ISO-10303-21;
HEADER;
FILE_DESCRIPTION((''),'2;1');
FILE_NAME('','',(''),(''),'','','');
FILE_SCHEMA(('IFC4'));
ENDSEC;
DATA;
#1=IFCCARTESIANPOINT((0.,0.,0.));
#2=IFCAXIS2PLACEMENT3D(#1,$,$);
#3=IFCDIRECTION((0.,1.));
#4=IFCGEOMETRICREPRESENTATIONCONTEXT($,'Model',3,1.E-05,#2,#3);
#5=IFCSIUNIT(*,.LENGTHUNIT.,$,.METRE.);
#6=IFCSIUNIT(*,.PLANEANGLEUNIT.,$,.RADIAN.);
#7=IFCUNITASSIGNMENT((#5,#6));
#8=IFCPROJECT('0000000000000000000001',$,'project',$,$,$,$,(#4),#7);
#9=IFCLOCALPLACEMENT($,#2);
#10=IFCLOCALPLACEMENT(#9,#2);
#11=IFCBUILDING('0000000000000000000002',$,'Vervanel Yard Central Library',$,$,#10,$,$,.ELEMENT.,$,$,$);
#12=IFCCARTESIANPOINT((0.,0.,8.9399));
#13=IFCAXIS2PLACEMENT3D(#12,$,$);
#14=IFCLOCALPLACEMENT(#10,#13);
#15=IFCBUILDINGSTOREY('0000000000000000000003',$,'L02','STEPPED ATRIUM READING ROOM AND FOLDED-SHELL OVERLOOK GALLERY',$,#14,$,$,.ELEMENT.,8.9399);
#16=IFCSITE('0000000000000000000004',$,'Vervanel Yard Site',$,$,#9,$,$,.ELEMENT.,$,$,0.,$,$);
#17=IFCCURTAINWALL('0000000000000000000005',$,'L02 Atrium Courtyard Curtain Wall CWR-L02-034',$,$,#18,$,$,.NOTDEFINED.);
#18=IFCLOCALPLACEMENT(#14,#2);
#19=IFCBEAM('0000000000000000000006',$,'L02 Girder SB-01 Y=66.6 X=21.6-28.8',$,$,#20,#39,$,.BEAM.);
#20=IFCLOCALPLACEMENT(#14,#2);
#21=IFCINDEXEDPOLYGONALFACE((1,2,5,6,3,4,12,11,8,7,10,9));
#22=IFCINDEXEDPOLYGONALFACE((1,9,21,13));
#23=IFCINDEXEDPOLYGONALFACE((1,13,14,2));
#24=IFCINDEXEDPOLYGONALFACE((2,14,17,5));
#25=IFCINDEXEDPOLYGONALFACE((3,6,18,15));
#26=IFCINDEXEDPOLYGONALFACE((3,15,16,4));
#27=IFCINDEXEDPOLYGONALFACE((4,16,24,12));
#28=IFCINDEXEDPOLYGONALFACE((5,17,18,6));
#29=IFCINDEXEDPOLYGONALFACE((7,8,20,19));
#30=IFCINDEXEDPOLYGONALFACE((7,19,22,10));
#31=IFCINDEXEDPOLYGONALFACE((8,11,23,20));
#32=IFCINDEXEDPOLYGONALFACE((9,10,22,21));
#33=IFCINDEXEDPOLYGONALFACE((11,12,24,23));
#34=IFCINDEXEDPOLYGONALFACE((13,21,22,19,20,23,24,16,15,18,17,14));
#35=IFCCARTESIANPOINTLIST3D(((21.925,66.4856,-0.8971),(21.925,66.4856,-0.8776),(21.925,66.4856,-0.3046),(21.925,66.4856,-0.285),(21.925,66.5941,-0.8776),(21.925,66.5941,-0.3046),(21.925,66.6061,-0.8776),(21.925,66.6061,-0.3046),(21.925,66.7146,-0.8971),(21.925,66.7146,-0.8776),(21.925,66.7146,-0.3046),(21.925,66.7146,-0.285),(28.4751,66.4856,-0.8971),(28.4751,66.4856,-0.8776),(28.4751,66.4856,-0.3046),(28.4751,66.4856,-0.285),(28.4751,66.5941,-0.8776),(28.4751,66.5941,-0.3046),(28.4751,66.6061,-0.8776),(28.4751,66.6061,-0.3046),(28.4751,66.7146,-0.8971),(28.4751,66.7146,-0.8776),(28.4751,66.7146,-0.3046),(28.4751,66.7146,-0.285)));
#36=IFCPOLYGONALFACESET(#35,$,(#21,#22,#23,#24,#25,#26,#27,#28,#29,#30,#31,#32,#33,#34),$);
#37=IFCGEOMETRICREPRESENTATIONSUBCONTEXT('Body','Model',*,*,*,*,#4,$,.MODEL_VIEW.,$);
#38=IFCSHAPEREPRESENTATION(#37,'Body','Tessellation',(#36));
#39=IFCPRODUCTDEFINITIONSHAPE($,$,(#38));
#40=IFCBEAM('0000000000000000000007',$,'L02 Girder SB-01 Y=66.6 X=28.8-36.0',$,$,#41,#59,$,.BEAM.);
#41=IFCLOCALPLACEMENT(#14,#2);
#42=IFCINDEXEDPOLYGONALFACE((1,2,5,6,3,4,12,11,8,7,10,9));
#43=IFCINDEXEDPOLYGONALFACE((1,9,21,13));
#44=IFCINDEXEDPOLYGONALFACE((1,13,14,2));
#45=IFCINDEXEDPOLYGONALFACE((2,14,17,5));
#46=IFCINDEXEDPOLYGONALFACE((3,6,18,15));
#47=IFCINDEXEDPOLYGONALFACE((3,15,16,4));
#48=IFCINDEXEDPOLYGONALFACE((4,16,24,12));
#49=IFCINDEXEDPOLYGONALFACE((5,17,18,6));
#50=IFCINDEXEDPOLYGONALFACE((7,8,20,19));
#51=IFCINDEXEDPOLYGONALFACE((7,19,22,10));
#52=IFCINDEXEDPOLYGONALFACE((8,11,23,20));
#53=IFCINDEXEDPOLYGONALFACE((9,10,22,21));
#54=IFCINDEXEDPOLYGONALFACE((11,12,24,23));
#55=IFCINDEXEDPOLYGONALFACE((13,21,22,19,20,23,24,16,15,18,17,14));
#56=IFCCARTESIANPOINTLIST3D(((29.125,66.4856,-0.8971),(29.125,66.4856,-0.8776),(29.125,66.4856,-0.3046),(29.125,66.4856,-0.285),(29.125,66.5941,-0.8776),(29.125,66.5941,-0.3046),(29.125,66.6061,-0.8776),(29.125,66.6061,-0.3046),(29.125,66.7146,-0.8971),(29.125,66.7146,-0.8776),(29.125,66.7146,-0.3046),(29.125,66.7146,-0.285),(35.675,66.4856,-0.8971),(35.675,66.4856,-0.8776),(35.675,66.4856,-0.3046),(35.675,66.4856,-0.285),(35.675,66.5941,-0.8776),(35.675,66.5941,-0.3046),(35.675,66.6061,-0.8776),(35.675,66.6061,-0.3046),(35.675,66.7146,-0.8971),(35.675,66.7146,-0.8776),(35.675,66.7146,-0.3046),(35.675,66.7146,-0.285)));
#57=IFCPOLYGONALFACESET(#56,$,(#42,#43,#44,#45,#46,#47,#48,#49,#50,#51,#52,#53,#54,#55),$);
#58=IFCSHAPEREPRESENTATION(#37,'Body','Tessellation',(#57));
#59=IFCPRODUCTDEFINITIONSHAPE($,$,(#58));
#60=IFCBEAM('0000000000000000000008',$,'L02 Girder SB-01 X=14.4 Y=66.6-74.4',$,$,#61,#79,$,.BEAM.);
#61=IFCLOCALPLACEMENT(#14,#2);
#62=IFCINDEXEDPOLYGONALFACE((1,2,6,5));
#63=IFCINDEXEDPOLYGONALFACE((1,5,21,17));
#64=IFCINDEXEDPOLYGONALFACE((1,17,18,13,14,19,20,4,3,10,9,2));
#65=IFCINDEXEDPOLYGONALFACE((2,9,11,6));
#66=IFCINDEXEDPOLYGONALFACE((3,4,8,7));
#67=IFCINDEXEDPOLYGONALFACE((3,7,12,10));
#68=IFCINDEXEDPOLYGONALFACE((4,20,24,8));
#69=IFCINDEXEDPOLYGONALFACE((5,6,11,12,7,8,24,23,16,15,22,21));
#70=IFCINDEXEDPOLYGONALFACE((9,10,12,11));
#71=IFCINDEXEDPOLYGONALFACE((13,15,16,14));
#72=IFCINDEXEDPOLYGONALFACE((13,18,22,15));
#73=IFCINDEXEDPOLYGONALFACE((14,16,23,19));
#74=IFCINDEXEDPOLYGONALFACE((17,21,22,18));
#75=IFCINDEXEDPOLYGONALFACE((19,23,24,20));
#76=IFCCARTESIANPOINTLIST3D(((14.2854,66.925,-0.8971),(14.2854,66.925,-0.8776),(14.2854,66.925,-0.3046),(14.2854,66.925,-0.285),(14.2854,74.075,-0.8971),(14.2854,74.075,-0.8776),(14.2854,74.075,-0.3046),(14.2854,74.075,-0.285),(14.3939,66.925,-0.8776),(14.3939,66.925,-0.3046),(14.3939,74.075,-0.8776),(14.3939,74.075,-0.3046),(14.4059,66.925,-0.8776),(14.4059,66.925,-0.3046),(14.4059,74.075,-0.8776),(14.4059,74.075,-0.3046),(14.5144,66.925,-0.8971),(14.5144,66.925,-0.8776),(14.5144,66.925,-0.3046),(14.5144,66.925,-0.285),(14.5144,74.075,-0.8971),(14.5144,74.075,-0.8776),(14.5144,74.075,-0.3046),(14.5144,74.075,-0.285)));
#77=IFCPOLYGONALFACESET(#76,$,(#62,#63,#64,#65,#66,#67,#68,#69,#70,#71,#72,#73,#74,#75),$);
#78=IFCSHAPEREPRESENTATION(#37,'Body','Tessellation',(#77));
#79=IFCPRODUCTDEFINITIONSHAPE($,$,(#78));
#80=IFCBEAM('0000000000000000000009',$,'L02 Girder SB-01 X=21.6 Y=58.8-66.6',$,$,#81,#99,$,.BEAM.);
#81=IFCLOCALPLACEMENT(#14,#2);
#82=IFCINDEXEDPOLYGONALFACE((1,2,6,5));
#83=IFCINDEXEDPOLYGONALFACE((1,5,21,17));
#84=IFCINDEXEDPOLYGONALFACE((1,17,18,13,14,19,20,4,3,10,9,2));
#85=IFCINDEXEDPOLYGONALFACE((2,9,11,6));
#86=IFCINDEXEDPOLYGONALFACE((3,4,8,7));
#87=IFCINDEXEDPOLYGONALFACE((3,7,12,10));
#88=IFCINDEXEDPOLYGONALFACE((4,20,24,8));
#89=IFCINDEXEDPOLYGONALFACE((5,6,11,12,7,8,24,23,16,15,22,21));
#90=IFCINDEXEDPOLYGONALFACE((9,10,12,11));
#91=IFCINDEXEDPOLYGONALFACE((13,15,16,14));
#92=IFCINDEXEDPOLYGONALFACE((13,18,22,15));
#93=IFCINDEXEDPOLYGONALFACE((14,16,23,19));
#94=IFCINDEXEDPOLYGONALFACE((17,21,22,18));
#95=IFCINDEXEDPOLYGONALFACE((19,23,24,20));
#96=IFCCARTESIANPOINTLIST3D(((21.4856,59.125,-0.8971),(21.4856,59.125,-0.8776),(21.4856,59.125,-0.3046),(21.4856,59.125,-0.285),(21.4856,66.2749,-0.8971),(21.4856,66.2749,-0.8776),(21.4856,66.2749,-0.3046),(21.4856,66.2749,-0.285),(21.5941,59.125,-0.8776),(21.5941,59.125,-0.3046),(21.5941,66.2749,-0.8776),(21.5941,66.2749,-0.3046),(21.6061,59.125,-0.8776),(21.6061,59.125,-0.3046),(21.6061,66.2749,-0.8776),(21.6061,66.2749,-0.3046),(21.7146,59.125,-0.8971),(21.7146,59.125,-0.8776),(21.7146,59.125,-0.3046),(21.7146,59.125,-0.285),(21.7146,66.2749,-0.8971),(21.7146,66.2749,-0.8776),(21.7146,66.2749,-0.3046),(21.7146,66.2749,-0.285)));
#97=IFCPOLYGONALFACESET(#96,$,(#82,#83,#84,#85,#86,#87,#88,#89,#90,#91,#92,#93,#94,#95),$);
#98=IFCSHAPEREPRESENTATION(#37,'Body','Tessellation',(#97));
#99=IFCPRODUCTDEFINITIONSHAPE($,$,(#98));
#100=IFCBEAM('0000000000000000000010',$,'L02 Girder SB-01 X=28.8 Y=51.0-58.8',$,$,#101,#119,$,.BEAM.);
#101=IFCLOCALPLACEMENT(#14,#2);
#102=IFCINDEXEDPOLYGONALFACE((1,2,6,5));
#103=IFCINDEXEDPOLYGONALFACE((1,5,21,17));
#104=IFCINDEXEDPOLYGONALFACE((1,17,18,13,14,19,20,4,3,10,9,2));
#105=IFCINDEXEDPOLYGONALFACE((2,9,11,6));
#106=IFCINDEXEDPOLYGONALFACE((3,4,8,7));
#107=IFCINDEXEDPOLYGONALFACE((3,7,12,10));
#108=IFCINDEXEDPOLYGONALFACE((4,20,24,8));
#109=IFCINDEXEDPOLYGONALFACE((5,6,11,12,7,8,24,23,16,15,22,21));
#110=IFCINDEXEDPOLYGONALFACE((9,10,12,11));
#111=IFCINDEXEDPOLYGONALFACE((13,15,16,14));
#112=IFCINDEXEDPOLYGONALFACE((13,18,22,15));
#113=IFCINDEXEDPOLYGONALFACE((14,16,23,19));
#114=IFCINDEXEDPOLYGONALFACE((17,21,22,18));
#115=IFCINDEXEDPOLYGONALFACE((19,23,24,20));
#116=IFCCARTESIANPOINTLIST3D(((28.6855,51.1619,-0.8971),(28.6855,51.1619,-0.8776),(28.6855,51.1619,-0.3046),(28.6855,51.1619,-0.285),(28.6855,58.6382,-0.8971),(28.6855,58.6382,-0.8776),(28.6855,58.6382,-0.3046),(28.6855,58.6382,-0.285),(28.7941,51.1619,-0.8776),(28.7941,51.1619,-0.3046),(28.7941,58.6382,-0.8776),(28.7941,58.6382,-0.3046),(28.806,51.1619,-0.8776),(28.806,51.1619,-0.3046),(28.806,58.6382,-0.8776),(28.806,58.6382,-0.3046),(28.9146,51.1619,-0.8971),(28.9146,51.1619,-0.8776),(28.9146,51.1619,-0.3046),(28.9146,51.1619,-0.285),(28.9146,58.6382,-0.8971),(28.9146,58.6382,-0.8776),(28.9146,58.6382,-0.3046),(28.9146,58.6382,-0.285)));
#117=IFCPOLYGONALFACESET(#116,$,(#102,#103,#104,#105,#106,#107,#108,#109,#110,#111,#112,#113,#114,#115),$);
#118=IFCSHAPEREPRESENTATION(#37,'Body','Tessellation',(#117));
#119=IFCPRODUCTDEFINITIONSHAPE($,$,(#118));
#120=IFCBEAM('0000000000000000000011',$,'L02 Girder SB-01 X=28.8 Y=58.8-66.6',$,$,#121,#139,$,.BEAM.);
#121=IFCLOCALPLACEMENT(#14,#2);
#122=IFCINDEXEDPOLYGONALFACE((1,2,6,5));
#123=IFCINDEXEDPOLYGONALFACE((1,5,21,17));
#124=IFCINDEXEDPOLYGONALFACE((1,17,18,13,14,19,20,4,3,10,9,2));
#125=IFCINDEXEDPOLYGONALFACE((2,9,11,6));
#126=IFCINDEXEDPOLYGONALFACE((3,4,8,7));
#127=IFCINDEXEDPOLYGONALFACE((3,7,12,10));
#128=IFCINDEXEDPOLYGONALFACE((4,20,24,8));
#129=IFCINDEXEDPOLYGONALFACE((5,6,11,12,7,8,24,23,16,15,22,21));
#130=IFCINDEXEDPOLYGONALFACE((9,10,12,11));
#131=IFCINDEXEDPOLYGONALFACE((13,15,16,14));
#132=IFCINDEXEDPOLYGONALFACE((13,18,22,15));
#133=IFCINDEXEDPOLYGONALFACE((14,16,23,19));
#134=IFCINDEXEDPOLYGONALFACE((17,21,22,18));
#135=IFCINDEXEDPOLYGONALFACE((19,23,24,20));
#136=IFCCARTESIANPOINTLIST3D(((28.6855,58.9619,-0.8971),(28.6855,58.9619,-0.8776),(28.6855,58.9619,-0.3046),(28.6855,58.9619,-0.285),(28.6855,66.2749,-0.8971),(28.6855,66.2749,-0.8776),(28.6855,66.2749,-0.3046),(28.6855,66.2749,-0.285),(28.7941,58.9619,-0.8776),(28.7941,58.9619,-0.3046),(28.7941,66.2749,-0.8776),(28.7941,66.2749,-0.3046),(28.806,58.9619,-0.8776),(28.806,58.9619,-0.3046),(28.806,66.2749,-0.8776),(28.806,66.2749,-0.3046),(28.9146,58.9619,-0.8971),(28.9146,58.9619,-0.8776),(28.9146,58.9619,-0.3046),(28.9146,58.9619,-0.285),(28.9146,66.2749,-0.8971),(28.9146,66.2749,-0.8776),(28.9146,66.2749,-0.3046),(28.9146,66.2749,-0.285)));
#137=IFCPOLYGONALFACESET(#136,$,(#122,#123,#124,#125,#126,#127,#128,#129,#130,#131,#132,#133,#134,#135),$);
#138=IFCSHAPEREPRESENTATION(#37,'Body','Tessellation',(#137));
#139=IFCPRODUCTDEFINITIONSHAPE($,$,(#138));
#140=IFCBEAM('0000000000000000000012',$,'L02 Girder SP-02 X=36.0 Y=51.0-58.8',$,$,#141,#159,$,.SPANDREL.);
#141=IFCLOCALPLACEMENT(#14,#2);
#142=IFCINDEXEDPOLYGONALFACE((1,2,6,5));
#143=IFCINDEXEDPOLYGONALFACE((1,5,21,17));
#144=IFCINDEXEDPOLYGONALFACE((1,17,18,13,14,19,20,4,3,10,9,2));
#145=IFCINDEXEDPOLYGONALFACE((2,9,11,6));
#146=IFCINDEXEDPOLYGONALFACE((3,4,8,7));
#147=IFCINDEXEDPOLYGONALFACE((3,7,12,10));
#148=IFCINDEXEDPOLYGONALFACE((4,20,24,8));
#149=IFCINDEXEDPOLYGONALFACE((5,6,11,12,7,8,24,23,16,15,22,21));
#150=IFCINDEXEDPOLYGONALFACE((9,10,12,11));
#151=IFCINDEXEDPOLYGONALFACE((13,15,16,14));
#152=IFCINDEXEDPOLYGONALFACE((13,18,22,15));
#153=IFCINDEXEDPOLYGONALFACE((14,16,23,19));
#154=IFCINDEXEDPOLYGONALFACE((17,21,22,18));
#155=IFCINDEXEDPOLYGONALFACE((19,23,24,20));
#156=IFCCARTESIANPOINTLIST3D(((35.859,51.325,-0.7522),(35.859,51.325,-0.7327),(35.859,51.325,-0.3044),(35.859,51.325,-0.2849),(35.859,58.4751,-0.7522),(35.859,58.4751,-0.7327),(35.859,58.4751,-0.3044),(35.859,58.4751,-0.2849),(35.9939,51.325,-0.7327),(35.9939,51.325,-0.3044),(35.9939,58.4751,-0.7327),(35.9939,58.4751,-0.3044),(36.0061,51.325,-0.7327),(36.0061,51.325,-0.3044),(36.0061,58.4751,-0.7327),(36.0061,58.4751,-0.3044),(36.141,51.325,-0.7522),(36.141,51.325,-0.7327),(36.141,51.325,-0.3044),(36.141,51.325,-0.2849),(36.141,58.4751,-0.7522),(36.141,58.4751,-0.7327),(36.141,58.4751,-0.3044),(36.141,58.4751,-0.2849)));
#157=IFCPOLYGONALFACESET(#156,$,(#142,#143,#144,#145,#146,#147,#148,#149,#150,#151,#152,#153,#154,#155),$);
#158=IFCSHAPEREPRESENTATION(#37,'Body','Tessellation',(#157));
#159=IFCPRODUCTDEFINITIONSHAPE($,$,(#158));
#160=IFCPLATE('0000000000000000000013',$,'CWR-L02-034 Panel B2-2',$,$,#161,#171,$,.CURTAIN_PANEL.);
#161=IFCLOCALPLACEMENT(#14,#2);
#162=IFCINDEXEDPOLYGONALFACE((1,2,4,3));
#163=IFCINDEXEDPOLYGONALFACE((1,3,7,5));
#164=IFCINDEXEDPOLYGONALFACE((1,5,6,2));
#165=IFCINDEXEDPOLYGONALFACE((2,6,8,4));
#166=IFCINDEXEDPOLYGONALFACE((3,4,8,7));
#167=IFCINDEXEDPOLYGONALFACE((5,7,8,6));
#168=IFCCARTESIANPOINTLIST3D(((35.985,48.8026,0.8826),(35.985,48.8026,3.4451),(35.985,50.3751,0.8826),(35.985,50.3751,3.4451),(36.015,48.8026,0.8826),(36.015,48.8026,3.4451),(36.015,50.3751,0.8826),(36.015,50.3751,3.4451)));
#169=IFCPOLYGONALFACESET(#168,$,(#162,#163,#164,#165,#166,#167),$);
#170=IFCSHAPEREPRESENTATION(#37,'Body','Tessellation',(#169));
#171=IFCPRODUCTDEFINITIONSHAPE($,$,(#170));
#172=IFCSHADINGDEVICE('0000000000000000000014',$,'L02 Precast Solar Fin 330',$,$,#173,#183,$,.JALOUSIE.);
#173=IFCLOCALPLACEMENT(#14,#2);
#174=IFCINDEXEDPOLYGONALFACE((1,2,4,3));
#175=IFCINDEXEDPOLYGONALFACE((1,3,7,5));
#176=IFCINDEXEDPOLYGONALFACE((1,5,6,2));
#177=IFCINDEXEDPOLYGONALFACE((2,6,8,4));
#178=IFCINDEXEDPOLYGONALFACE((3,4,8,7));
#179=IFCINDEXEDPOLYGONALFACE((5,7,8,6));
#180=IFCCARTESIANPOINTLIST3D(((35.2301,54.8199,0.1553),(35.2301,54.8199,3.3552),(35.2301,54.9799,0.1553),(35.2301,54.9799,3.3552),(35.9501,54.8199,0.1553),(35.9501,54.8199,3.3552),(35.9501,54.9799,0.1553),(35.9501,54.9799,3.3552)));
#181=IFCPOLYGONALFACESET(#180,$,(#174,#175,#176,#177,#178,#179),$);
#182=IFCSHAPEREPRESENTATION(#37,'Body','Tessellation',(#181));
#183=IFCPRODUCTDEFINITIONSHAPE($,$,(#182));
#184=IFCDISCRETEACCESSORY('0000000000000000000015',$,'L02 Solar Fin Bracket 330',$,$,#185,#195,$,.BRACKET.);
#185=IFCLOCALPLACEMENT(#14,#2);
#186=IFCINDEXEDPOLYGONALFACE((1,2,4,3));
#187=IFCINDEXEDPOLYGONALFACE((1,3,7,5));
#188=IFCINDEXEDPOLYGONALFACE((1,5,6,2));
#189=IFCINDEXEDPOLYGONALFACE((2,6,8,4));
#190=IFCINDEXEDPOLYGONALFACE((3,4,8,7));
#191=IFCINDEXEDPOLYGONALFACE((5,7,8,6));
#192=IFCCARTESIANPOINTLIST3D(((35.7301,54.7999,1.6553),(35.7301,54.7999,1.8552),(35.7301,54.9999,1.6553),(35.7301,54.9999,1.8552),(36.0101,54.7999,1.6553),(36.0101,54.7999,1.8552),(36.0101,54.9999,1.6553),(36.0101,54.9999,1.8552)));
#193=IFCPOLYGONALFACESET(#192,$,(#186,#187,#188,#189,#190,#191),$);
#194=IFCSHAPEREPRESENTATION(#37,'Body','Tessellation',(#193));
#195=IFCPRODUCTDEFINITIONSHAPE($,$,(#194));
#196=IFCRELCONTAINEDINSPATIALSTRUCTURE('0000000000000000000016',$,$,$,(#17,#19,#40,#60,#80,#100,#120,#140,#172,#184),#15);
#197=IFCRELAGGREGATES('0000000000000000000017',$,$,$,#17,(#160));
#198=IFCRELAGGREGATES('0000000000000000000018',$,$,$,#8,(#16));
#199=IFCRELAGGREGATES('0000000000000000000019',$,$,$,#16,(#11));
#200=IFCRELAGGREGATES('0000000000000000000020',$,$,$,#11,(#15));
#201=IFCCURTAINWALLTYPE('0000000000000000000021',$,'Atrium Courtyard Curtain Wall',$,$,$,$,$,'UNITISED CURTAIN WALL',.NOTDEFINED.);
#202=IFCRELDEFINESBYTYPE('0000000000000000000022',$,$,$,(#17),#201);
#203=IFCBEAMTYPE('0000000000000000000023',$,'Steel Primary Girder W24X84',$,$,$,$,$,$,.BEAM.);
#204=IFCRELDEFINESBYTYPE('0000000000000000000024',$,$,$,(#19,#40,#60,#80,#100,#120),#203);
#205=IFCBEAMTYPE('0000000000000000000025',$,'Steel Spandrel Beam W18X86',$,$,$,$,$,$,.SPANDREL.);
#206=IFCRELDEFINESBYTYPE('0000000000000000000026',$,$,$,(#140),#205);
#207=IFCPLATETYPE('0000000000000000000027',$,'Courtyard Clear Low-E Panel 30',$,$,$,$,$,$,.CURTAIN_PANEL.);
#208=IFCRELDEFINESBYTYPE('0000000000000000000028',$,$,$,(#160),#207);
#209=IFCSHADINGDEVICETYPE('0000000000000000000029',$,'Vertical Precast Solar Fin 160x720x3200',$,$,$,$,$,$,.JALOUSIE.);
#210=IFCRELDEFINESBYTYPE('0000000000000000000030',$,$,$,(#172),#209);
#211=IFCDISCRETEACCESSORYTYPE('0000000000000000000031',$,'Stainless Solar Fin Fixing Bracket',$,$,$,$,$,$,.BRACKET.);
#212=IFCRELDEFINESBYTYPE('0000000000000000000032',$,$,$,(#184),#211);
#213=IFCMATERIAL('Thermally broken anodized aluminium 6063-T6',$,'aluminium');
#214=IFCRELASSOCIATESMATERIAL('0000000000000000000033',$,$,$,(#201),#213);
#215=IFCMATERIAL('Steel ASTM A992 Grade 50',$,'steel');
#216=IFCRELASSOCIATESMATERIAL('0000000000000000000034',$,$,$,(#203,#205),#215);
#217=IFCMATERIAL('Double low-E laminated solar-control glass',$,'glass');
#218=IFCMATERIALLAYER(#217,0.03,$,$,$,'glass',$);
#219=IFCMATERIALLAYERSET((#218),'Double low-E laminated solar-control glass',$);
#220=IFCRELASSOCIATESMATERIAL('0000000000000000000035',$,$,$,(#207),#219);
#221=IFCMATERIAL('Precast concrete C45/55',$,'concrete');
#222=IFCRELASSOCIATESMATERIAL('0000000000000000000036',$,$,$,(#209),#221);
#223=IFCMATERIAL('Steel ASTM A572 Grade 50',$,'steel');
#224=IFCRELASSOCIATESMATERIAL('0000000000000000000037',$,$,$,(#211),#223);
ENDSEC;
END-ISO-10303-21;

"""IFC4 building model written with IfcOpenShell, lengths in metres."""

from ifc_helpers import new_model, si_unit, direction, frame, origin, origin_2d, place, context, subcontext, project, spatial, rectangle, i_section, extrude, material, layer, layer_set, material_profile, profile_set, type_object, element, aggregate, save


model = new_model("IFC4")

# Units and contexts
model_context = context("Model", 3, precision=1e-05, world=origin(), true_north=direction((0.0, 1.0)))
body_context = subcontext(model_context, "Body", "Model", "MODEL_VIEW")
ifc_project = project(units=[si_unit("LENGTHUNIT", "METRE"), si_unit("PLANEANGLEUNIT", "RADIAN")], contexts=[model_context])

# Site, building, storey
site_placement = place(None, origin())
site = spatial("IfcSite", under=ifc_project, at=site_placement, Name="Vervanel Yard Site", CompositionType="ELEMENT", RefElevation=0.0)
building_placement = place(site_placement, origin())
building = spatial("IfcBuilding", under=site, at=building_placement, Name="Vervanel Yard Central Library", CompositionType="ELEMENT")
storey_placement = place(building_placement, frame((0.0, 0.0, 8.9399)))
storey = spatial("IfcBuildingStorey", under=building, at=storey_placement, Name="L02", Description="STEPPED ATRIUM READING ROOM AND FOLDED-SHELL OVERLOOK GALLERY", CompositionType="ELEMENT", Elevation=8.9399)

# Curtain wall
ifc_material_1 = material(Name="Thermally broken anodized aluminium 6063-T6", Category="aluminium")
curtain_wall_type = type_object("IfcCurtainWallType", Name="Atrium Courtyard Curtain Wall", ElementType="UNITISED CURTAIN WALL", PredefinedType="NOTDEFINED", material=ifc_material_1)
curtain_wall_1_placement = place(storey_placement, origin())
curtain_wall_1 = element("IfcCurtainWall", 1, at=curtain_wall_1_placement, inside=storey, type_object=curtain_wall_type, Name="L02 Atrium Courtyard Curtain Wall CWR-L02-034", PredefinedType="NOTDEFINED")

# Beams
ifc_material_2 = material(Name="Steel ASTM A992 Grade 50", Category="steel")
ifc_material_profile_1 = material_profile(ifc_material_2, i_section(OverallWidth=0.229, OverallDepth=0.6121, WebThickness=0.012, FlangeThickness=0.0195, at=origin_2d()), Name="W24X84", Category="steel")
ifc_profile_set_1 = profile_set([ifc_material_profile_1], Name="Steel ASTM A992 Grade 50")
beam_type_1 = type_object("IfcBeamType", Name="Steel Primary Girder W24X84", PredefinedType="BEAM", material=ifc_profile_set_1)
for number, where, z_axis, x_axis, name in (
    (2, (21.925, 66.6001, -0.5911), (1.0, 0.0, 0.0), (0.0, 1.0, 0.0), "L02 Girder SB-01 Y=66.6 X=21.6-28.8"),
    (3, (29.125, 66.6001, -0.5911), (1.0, 0.0, 0.0), (0.0, 1.0, 0.0), "L02 Girder SB-01 Y=66.6 X=28.8-36.0"),
):
    element("IfcBeam", number, at=place(storey_placement, frame(where, z_axis=z_axis, x_axis=x_axis)), inside=storey, type_object=beam_type_1, Name=name, PredefinedType="BEAM", context=body_context, shape_type="SweptSolid", body=[
        extrude(i_section(OverallWidth=0.229, OverallDepth=0.6121, WebThickness=0.012, FlangeThickness=0.0195, at=origin_2d()), origin(), (0.0, 0.0, 1.0), 6.55),
    ])
for number, where, z_axis, x_axis, name in (
    (4, (14.3999, 66.925, -0.5911), (0.0, 1.0, 0.0), (-1.0, 0.0, 0.0), "L02 Girder SB-01 X=14.4 Y=66.6-74.4"),
    (5, (21.6001, 59.125, -0.5911), (0.0, 1.0, 0.0), (-1.0, 0.0, 0.0), "L02 Girder SB-01 X=21.6 Y=58.8-66.6"),
):
    element("IfcBeam", number, at=place(storey_placement, frame(where, z_axis=z_axis, x_axis=x_axis)), inside=storey, type_object=beam_type_1, Name=name, PredefinedType="BEAM", context=body_context, shape_type="SweptSolid", body=[
        extrude(i_section(OverallWidth=0.229, OverallDepth=0.6121, WebThickness=0.012, FlangeThickness=0.0195, at=origin_2d()), origin(), (0.0, 0.0, 1.0), 7.1499),
    ])
beam_1_placement = place(storey_placement, frame((28.8, 51.1619, -0.5911), z_axis=(0.0, 1.0, 0.0), x_axis=(-1.0, 0.0, 0.0)))
element("IfcBeam", 6, at=beam_1_placement, inside=storey, type_object=beam_type_1, Name="L02 Girder SB-01 X=28.8 Y=51.0-58.8", PredefinedType="BEAM", context=body_context, shape_type="SweptSolid", body=[
    extrude(i_section(OverallWidth=0.229, OverallDepth=0.6121, WebThickness=0.012, FlangeThickness=0.0195, at=origin_2d()), origin(), (0.0, 0.0, 1.0), 7.4763),
])
beam_2_placement = place(storey_placement, frame((28.8, 58.9619, -0.5911), z_axis=(0.0, 1.0, 0.0), x_axis=(-1.0, 0.0, 0.0)))
element("IfcBeam", 7, at=beam_2_placement, inside=storey, type_object=beam_type_1, Name="L02 Girder SB-01 X=28.8 Y=58.8-66.6", PredefinedType="BEAM", context=body_context, shape_type="SweptSolid", body=[
    extrude(i_section(OverallWidth=0.229, OverallDepth=0.6121, WebThickness=0.012, FlangeThickness=0.0195, at=origin_2d()), origin(), (0.0, 0.0, 1.0), 7.313),
])
ifc_material_profile_2 = material_profile(ifc_material_2, i_section(OverallWidth=0.282, OverallDepth=0.4673, WebThickness=0.0122, FlangeThickness=0.0195, at=origin_2d()), Name="W18X86", Category="steel")
ifc_profile_set_2 = profile_set([ifc_material_profile_2], Name="Steel ASTM A992 Grade 50")
beam_type_2 = type_object("IfcBeamType", Name="Steel Spandrel Beam W18X86", PredefinedType="SPANDREL", material=ifc_profile_set_2)
beam_3_placement = place(storey_placement, frame((36.0, 51.325, -0.5186), z_axis=(0.0, 1.0, 0.0), x_axis=(-1.0, 0.0, 0.0)))
element("IfcBeam", 8, at=beam_3_placement, inside=storey, type_object=beam_type_2, Name="L02 Girder SP-02 X=36.0 Y=51.0-58.8", PredefinedType="SPANDREL", context=body_context, shape_type="SweptSolid", body=[
    extrude(i_section(OverallWidth=0.282, OverallDepth=0.4673, WebThickness=0.0122, FlangeThickness=0.0195, at=origin_2d()), origin(), (0.0, 0.0, 1.0), 7.1501),
])

# Plate
ifc_material_3 = material(Name="Double low-E laminated solar-control glass", Category="glass")
ifc_layer = layer(ifc_material_3, 0.03, Category="glass")
ifc_layer_set = layer_set([ifc_layer], Name="Double low-E laminated solar-control glass")
plate_type = type_object("IfcPlateType", Name="Courtyard Clear Low-E Panel 30", PredefinedType="CURTAIN_PANEL", material=ifc_layer_set)
plate_placement = place(storey_placement, frame((36.0, 49.5889, 0.8826), z_axis=(0.0, 0.0, 1.0), x_axis=(0.0, 1.0, 0.0)))
plate = element("IfcPlate", 9, at=plate_placement, type_object=plate_type, Name="CWR-L02-034 Panel B2-2", PredefinedType="CURTAIN_PANEL", context=body_context, shape_type="SweptSolid", body=[
    extrude(rectangle(XDim=1.5725, YDim=0.03, at=origin_2d()), origin(), (0.0, 0.0, 1.0), 2.5625),
])
aggregate(curtain_wall_1, [plate])

# Shading device
ifc_material_4 = material(Name="Precast concrete C45/55", Category="concrete")
shading_device_type = type_object("IfcShadingDeviceType", Name="Vertical Precast Solar Fin 160x720x3200", PredefinedType="JALOUSIE", material=ifc_material_4)
shading_device_placement = place(storey_placement, frame((35.5901, 54.8999, 0.1553), z_axis=(0.0, 0.0, 1.0), x_axis=(0.0, 1.0, 0.0)))
element("IfcShadingDevice", 10, at=shading_device_placement, inside=storey, type_object=shading_device_type, Name="L02 Precast Solar Fin 330", PredefinedType="JALOUSIE", context=body_context, shape_type="SweptSolid", body=[
    extrude(rectangle(XDim=0.1599, YDim=0.72, at=origin_2d()), origin(), (0.0, 0.0, 1.0), 3.2),
])

# Discrete accessory
ifc_material_5 = material(Name="Steel ASTM A572 Grade 50", Category="steel")
discrete_accessory_type = type_object("IfcDiscreteAccessoryType", Name="Stainless Solar Fin Fixing Bracket", PredefinedType="BRACKET", material=ifc_material_5)
discrete_accessory_placement = place(storey_placement, frame((35.8701, 54.8999, 1.6553), z_axis=(0.0, 0.0, 1.0), x_axis=(0.0, 1.0, 0.0)))
element("IfcDiscreteAccessory", 11, at=discrete_accessory_placement, inside=storey, type_object=discrete_accessory_type, Name="L02 Solar Fin Bracket 330", PredefinedType="BRACKET", context=body_context, shape_type="SweptSolid", body=[
    extrude(rectangle(XDim=0.2, YDim=0.28, at=origin_2d()), origin(), (0.0, 0.0, 1.0), 0.2),
])

save(model, "model.ifc")
